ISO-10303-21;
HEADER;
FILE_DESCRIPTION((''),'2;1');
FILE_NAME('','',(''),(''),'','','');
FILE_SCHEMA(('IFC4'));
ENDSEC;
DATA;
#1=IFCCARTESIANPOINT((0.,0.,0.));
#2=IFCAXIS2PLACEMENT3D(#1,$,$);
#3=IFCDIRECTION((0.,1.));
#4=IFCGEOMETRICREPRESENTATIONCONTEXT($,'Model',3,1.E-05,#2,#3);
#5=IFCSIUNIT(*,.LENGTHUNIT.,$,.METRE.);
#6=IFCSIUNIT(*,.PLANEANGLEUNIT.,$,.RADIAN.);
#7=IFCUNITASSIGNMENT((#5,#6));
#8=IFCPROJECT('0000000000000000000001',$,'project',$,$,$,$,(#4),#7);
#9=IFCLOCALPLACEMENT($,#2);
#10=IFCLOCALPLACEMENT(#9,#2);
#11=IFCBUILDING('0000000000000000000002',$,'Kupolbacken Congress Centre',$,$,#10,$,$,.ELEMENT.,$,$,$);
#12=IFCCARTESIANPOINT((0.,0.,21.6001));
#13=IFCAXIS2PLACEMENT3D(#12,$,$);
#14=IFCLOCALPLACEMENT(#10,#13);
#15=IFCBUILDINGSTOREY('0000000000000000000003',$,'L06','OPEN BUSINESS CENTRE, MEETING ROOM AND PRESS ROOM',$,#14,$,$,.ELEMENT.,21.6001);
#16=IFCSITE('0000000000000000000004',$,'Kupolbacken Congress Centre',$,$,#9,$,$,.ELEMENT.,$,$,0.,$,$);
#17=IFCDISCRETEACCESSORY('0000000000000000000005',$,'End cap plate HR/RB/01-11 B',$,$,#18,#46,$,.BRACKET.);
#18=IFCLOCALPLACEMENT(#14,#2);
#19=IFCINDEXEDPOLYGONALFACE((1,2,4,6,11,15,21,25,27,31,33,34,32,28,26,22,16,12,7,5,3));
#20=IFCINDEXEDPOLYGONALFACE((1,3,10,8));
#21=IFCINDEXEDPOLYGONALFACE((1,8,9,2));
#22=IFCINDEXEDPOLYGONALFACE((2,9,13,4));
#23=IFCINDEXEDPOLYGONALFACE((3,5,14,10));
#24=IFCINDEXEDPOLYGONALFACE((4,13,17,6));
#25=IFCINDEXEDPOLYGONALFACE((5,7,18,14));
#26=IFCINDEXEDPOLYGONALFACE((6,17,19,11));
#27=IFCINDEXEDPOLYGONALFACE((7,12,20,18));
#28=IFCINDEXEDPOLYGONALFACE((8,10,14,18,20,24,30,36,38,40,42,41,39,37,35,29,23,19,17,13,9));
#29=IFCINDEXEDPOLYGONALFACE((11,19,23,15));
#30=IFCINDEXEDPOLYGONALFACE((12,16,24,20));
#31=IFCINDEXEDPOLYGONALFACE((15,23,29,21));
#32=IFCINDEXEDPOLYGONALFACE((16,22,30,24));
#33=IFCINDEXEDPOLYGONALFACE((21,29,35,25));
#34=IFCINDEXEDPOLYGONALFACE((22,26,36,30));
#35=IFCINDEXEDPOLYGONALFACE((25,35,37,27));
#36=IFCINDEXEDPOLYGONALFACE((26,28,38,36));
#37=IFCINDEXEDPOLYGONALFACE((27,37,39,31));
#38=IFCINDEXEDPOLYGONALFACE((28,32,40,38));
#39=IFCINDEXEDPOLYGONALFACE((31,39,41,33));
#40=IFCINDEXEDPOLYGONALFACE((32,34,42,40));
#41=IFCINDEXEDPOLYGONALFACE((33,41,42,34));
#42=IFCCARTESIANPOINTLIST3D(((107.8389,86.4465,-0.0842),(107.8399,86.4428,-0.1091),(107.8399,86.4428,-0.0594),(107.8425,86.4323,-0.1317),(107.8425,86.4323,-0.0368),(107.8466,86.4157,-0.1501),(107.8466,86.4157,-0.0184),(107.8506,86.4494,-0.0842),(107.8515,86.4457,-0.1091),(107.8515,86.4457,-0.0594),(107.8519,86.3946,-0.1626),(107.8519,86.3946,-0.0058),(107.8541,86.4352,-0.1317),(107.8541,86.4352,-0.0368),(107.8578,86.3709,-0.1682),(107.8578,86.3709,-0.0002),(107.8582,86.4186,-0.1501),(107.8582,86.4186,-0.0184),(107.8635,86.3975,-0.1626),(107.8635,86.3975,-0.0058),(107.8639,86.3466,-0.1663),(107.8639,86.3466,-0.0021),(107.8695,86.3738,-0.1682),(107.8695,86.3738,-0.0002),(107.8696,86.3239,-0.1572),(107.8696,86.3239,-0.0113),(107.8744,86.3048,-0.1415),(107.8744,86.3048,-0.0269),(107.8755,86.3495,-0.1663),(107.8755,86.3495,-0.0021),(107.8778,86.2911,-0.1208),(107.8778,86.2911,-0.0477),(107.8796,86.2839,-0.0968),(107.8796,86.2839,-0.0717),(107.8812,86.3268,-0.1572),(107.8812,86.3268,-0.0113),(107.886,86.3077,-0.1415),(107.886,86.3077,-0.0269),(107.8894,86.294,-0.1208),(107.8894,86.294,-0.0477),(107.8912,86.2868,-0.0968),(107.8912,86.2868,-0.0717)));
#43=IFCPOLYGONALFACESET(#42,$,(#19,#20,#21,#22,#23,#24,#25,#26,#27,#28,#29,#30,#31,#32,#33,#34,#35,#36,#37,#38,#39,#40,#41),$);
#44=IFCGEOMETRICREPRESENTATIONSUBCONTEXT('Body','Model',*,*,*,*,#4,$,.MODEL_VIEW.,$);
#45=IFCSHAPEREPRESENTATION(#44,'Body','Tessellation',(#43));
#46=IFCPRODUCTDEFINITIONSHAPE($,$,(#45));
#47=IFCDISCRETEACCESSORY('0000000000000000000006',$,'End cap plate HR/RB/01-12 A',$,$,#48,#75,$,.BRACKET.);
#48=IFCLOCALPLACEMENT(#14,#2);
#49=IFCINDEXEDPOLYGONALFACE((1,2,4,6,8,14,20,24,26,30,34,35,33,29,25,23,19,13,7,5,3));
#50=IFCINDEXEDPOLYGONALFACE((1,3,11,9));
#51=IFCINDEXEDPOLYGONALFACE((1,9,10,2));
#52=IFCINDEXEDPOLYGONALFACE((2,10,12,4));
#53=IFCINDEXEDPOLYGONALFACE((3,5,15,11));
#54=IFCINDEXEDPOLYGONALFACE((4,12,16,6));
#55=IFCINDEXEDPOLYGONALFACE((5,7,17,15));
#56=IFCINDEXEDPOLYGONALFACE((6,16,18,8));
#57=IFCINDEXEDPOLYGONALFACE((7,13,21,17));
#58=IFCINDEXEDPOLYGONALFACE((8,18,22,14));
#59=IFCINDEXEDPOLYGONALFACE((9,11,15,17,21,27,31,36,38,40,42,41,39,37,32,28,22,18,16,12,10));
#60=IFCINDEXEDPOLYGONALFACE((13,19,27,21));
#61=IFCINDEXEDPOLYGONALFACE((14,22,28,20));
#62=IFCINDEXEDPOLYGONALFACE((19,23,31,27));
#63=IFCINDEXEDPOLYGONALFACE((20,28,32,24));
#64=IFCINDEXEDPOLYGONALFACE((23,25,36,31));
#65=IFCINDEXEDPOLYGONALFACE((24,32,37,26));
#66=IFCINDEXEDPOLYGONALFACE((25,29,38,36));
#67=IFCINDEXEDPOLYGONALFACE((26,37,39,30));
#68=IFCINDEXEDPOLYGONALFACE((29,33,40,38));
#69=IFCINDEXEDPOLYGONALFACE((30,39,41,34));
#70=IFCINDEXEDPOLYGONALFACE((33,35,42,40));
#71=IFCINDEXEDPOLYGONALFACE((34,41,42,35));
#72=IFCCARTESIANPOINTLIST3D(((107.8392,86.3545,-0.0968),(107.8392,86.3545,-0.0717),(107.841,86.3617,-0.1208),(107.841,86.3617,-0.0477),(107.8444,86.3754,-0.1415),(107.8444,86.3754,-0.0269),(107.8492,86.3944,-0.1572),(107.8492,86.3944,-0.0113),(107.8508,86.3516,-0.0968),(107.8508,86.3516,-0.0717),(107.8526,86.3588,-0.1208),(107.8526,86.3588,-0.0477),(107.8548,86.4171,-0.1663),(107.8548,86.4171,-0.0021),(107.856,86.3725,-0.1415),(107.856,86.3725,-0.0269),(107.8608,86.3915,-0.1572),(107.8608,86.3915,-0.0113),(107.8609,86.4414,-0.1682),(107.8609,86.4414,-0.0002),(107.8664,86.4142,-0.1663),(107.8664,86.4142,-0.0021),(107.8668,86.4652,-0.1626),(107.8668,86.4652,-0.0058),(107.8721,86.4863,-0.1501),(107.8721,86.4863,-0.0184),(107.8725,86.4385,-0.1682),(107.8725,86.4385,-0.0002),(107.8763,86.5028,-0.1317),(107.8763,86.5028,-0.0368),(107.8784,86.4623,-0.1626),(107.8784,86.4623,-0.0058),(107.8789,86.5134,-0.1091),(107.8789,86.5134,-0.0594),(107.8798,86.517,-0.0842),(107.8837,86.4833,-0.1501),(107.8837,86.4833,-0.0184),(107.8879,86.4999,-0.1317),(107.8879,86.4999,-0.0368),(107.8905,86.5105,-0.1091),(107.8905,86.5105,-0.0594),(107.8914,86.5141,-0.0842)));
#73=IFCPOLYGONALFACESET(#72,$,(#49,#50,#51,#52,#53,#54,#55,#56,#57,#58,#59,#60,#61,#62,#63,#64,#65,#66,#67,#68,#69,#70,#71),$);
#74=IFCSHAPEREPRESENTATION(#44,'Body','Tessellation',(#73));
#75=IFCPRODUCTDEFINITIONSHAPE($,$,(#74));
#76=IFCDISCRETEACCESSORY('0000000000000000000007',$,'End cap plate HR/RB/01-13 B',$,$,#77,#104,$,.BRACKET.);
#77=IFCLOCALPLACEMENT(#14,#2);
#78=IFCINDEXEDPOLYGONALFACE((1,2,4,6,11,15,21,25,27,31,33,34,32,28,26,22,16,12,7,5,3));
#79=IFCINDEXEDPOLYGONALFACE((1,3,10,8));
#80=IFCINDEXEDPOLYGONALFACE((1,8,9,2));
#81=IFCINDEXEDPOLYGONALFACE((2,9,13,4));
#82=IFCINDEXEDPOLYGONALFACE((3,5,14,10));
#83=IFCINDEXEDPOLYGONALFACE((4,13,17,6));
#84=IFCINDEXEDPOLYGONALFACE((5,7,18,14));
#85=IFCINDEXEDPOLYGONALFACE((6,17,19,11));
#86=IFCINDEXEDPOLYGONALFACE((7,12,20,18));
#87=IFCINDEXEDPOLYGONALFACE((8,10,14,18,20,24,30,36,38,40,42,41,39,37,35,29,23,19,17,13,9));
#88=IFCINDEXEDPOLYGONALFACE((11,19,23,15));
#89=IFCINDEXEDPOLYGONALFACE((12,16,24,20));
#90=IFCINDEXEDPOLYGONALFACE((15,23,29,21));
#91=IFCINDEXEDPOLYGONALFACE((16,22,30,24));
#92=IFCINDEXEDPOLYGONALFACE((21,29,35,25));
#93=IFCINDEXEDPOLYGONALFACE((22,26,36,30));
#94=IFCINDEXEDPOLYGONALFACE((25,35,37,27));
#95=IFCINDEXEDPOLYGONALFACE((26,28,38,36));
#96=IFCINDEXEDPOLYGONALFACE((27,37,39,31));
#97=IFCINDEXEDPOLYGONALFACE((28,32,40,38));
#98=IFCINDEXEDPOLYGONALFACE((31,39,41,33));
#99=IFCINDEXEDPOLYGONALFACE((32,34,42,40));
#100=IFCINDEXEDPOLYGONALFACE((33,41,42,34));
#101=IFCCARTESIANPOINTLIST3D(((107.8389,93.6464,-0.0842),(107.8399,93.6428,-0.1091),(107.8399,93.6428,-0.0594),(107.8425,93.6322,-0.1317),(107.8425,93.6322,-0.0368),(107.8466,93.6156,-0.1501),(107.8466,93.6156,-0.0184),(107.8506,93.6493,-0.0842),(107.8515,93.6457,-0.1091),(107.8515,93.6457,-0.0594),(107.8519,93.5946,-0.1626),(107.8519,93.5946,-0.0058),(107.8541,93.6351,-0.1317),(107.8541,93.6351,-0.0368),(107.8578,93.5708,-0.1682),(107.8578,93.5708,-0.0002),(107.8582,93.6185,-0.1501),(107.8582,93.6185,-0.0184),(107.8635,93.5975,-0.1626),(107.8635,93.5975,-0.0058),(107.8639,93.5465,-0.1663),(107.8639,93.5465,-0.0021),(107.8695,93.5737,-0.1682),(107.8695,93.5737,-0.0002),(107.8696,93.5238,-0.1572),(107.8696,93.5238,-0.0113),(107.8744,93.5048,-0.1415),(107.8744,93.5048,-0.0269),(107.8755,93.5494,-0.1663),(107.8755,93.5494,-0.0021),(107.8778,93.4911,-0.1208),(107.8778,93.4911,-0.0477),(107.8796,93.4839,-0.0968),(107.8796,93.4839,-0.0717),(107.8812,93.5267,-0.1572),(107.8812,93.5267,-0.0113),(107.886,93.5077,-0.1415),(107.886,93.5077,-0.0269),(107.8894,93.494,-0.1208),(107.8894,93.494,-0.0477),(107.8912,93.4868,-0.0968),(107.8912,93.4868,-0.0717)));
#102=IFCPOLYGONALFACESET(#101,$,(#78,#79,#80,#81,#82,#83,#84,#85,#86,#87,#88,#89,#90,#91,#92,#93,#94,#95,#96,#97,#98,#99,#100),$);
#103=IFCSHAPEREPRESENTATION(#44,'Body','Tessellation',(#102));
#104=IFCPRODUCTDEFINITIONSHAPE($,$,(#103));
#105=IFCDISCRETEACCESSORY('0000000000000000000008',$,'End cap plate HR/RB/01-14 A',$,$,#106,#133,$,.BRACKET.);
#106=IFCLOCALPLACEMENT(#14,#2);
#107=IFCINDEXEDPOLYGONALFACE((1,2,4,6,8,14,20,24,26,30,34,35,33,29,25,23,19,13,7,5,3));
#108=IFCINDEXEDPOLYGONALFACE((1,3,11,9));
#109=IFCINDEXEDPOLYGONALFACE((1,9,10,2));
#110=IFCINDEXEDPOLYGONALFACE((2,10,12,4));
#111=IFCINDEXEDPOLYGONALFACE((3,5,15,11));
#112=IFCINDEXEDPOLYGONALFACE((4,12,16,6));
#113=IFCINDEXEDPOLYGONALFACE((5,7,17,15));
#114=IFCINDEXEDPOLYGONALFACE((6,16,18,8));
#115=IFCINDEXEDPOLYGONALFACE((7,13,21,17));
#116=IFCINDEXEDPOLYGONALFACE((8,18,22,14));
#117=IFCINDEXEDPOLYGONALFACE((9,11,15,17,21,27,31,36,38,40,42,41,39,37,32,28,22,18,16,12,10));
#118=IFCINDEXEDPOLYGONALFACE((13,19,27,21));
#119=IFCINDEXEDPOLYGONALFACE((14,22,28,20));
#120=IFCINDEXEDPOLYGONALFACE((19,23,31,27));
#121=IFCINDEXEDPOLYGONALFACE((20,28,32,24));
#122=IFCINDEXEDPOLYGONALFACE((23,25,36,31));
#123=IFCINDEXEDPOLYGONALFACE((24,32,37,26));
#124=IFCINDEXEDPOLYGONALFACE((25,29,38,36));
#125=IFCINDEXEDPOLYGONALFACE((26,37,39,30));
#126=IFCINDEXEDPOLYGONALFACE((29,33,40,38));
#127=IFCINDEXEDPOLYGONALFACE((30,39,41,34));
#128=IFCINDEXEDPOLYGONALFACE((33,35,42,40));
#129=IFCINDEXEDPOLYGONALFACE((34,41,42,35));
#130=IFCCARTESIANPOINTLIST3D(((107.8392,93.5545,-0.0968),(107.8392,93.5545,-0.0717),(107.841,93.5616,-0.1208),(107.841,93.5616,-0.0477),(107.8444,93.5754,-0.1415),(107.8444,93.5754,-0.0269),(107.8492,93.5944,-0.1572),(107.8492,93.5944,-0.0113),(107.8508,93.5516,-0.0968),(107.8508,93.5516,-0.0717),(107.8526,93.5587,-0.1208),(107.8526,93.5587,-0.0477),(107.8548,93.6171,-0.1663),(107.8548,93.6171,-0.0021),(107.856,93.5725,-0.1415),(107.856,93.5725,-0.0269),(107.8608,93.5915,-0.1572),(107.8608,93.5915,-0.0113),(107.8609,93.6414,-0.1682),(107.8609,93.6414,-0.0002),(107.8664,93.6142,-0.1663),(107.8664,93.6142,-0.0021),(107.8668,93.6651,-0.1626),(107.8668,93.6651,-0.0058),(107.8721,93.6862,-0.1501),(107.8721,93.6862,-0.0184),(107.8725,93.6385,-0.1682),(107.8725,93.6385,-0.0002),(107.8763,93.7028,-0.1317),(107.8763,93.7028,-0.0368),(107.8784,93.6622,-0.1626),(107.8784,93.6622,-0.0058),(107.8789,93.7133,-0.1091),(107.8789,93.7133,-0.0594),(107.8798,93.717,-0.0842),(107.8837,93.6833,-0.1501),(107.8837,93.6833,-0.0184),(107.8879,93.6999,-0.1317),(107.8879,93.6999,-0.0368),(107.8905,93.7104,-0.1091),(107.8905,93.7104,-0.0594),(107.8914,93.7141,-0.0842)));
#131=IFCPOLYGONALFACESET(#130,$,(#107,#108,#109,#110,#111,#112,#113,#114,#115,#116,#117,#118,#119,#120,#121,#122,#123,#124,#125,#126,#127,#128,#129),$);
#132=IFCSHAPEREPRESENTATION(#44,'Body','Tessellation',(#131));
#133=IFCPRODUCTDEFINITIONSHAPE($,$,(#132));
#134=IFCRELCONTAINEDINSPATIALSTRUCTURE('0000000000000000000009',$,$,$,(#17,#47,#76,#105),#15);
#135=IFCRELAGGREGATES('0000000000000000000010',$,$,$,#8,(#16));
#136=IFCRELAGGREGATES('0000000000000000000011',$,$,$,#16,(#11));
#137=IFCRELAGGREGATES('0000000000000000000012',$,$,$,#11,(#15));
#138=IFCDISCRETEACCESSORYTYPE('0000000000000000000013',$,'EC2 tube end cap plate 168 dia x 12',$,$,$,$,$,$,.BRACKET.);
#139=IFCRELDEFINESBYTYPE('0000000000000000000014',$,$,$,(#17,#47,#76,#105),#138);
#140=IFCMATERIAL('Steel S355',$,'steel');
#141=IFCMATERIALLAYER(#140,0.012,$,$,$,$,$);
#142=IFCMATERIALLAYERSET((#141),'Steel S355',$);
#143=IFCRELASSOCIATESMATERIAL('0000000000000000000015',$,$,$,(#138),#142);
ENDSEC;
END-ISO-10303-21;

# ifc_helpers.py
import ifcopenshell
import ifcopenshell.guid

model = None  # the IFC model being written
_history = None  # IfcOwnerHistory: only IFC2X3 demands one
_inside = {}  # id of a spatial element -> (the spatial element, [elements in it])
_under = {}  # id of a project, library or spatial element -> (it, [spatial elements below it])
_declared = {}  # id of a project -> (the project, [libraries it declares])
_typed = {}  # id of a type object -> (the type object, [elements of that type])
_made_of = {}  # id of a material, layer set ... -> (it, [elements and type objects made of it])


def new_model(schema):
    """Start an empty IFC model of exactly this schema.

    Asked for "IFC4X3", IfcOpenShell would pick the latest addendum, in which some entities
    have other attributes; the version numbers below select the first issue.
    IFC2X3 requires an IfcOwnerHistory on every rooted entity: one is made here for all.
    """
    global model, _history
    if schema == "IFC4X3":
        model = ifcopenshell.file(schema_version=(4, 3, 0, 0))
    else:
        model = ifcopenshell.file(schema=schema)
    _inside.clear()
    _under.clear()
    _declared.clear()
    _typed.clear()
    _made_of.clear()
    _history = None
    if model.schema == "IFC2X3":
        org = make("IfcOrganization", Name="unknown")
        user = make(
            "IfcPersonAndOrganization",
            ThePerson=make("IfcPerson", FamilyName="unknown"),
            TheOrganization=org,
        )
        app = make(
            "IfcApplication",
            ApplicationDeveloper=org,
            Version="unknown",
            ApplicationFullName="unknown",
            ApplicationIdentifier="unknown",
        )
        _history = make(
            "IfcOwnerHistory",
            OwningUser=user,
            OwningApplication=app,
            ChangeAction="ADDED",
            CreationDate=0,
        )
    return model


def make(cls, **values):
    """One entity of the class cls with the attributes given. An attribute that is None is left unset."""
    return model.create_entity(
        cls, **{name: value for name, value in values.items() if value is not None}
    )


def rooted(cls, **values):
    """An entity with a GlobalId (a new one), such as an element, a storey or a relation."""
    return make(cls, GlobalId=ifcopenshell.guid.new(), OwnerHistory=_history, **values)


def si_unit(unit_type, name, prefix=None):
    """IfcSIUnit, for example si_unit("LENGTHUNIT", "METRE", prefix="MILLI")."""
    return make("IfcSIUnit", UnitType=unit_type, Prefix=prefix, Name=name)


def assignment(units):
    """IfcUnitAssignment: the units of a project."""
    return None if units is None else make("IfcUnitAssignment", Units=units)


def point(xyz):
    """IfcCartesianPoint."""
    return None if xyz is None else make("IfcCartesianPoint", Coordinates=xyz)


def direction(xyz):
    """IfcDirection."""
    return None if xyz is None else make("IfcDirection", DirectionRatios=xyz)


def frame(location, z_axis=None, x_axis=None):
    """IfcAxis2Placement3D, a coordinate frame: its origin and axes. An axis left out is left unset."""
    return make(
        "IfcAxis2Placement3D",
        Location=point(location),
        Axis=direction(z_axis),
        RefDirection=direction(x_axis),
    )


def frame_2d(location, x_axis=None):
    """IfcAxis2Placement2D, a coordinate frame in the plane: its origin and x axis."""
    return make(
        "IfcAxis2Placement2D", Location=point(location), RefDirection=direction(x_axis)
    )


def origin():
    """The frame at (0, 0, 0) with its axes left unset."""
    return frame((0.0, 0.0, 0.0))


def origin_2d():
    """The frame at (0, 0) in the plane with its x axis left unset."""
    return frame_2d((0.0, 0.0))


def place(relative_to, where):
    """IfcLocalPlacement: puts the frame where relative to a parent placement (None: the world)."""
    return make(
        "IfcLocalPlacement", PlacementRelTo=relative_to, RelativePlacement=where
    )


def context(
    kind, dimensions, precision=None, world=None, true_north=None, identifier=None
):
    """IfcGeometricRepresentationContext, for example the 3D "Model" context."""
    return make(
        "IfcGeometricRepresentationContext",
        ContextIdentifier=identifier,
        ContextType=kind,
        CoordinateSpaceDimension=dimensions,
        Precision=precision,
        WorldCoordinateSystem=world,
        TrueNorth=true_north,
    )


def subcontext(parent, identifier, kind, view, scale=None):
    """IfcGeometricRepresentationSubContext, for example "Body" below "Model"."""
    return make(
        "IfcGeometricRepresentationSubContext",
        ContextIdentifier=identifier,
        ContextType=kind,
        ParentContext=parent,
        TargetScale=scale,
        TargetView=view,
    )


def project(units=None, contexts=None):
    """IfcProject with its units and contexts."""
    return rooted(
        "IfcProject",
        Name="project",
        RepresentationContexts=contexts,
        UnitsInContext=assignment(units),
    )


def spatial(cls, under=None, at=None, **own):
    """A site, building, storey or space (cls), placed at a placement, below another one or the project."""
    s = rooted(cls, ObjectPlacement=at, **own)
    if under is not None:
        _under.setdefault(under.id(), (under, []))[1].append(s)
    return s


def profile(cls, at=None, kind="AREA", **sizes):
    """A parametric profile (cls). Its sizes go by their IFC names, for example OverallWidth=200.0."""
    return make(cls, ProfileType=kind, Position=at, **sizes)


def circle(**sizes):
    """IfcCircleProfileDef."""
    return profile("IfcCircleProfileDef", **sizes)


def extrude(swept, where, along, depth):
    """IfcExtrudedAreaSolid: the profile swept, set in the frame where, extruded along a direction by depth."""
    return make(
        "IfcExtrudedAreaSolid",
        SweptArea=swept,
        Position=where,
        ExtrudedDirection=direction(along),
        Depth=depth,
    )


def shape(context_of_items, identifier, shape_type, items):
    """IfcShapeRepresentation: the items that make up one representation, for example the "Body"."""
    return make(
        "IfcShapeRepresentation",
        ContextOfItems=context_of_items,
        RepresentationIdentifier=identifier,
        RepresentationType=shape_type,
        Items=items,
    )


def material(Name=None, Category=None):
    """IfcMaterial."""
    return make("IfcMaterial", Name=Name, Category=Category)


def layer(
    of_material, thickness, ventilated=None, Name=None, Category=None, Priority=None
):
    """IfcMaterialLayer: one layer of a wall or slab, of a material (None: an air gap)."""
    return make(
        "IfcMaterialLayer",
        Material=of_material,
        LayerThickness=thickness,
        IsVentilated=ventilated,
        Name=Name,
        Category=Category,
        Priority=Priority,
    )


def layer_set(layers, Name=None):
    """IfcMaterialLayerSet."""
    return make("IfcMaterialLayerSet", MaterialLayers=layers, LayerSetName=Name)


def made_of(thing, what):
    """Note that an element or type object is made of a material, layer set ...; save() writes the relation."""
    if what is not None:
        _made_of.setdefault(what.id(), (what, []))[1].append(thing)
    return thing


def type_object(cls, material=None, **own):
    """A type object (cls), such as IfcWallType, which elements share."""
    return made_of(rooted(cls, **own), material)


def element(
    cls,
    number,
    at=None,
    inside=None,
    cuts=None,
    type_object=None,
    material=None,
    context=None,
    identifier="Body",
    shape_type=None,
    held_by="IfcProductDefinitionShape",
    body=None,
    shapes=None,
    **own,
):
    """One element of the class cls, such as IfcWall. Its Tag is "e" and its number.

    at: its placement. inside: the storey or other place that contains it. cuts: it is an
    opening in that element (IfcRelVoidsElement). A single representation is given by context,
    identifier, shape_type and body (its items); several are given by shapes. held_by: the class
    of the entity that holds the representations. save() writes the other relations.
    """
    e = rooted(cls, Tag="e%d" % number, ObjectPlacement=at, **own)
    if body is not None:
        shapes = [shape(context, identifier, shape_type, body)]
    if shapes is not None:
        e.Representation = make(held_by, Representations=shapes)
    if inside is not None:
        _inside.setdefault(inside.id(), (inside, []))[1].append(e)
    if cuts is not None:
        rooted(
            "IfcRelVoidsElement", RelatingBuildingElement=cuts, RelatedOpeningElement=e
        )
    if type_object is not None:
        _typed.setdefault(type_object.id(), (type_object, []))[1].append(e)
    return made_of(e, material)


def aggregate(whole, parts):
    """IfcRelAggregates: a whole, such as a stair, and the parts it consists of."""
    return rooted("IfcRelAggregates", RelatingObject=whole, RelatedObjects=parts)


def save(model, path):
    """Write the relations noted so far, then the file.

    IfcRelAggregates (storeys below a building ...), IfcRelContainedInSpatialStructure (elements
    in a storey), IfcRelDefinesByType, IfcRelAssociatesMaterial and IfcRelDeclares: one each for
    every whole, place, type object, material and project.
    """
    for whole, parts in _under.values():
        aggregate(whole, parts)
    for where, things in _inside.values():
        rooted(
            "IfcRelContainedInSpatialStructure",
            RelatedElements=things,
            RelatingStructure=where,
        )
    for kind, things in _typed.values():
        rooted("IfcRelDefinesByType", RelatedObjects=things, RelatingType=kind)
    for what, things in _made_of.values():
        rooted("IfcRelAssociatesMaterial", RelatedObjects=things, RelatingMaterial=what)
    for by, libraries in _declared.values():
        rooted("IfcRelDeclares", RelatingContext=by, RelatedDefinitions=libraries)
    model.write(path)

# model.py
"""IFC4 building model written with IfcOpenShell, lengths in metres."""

from ifc_helpers import new_model, si_unit, direction, frame, origin, origin_2d, place, context, subcontext, project, spatial, circle, extrude, material, layer, layer_set, type_object, element, save


model = new_model("IFC4")

# Units and contexts
model_context = context("Model", 3, precision=1e-05, world=origin(), true_north=direction((0.0, 1.0)))
body_context = subcontext(model_context, "Body", "Model", "MODEL_VIEW")
ifc_project = project(units=[si_unit("LENGTHUNIT", "METRE"), si_unit("PLANEANGLEUNIT", "RADIAN")], contexts=[model_context])

# Site, building, storey
site_placement = place(None, origin())
site = spatial("IfcSite", under=ifc_project, at=site_placement, Name="Kupolbacken Congress Centre", CompositionType="ELEMENT", RefElevation=0.0)
building_placement = place(site_placement, origin())
building = spatial("IfcBuilding", under=site, at=building_placement, Name="Kupolbacken Congress Centre", CompositionType="ELEMENT")
storey_placement = place(building_placement, frame((0.0, 0.0, 21.6001)))
storey = spatial("IfcBuildingStorey", under=building, at=storey_placement, Name="L06", Description="OPEN BUSINESS CENTRE, MEETING ROOM AND PRESS ROOM", CompositionType="ELEMENT", Elevation=21.6001)

# Discrete accessories
ifc_material_1 = material(Name="Steel S355", Category="steel")
ifc_layer_1 = layer(ifc_material_1, 0.012)
ifc_layer_set_1 = layer_set([ifc_layer_1], Name="Steel S355")
discrete_accessory_type = type_object("IfcDiscreteAccessoryType", Name="EC2 tube end cap plate 168 dia x 12", PredefinedType="BRACKET", material=ifc_layer_set_1)
for number, where, z_axis, x_axis, name in (
    (1, (107.8594, 86.3647, -0.0842), (0.970143, 0.242536, 0.0), (-0.242536, 0.970143, 0.0), "End cap plate HR/RB/01-11 B"),
    (2, (107.8594, 86.4353, -0.0842), (0.970143, -0.242536, 0.0), (0.242536, 0.970143, 0.0), "End cap plate HR/RB/01-12 A"),
    (3, (107.8594, 93.5647, -0.0842), (0.970143, 0.242536, 0.0), (-0.242536, 0.970143, 0.0), "End cap plate HR/RB/01-13 B"),
    (4, (107.8594, 93.6353, -0.0842), (0.970143, -0.242536, 0.0), (0.242536, 0.970143, 0.0), "End cap plate HR/RB/01-14 A"),
):
    element("IfcDiscreteAccessory", number, at=place(storey_placement, frame(where, z_axis=z_axis, x_axis=x_axis)), inside=storey, type_object=discrete_accessory_type, Name=name, PredefinedType="BRACKET", context=body_context, shape_type="SweptSolid", body=[
        extrude(circle(Radius=0.0842, at=origin_2d()), origin(), (0.0, 0.0, 1.0), 0.012),
    ])

save(model, "model.ifc")
